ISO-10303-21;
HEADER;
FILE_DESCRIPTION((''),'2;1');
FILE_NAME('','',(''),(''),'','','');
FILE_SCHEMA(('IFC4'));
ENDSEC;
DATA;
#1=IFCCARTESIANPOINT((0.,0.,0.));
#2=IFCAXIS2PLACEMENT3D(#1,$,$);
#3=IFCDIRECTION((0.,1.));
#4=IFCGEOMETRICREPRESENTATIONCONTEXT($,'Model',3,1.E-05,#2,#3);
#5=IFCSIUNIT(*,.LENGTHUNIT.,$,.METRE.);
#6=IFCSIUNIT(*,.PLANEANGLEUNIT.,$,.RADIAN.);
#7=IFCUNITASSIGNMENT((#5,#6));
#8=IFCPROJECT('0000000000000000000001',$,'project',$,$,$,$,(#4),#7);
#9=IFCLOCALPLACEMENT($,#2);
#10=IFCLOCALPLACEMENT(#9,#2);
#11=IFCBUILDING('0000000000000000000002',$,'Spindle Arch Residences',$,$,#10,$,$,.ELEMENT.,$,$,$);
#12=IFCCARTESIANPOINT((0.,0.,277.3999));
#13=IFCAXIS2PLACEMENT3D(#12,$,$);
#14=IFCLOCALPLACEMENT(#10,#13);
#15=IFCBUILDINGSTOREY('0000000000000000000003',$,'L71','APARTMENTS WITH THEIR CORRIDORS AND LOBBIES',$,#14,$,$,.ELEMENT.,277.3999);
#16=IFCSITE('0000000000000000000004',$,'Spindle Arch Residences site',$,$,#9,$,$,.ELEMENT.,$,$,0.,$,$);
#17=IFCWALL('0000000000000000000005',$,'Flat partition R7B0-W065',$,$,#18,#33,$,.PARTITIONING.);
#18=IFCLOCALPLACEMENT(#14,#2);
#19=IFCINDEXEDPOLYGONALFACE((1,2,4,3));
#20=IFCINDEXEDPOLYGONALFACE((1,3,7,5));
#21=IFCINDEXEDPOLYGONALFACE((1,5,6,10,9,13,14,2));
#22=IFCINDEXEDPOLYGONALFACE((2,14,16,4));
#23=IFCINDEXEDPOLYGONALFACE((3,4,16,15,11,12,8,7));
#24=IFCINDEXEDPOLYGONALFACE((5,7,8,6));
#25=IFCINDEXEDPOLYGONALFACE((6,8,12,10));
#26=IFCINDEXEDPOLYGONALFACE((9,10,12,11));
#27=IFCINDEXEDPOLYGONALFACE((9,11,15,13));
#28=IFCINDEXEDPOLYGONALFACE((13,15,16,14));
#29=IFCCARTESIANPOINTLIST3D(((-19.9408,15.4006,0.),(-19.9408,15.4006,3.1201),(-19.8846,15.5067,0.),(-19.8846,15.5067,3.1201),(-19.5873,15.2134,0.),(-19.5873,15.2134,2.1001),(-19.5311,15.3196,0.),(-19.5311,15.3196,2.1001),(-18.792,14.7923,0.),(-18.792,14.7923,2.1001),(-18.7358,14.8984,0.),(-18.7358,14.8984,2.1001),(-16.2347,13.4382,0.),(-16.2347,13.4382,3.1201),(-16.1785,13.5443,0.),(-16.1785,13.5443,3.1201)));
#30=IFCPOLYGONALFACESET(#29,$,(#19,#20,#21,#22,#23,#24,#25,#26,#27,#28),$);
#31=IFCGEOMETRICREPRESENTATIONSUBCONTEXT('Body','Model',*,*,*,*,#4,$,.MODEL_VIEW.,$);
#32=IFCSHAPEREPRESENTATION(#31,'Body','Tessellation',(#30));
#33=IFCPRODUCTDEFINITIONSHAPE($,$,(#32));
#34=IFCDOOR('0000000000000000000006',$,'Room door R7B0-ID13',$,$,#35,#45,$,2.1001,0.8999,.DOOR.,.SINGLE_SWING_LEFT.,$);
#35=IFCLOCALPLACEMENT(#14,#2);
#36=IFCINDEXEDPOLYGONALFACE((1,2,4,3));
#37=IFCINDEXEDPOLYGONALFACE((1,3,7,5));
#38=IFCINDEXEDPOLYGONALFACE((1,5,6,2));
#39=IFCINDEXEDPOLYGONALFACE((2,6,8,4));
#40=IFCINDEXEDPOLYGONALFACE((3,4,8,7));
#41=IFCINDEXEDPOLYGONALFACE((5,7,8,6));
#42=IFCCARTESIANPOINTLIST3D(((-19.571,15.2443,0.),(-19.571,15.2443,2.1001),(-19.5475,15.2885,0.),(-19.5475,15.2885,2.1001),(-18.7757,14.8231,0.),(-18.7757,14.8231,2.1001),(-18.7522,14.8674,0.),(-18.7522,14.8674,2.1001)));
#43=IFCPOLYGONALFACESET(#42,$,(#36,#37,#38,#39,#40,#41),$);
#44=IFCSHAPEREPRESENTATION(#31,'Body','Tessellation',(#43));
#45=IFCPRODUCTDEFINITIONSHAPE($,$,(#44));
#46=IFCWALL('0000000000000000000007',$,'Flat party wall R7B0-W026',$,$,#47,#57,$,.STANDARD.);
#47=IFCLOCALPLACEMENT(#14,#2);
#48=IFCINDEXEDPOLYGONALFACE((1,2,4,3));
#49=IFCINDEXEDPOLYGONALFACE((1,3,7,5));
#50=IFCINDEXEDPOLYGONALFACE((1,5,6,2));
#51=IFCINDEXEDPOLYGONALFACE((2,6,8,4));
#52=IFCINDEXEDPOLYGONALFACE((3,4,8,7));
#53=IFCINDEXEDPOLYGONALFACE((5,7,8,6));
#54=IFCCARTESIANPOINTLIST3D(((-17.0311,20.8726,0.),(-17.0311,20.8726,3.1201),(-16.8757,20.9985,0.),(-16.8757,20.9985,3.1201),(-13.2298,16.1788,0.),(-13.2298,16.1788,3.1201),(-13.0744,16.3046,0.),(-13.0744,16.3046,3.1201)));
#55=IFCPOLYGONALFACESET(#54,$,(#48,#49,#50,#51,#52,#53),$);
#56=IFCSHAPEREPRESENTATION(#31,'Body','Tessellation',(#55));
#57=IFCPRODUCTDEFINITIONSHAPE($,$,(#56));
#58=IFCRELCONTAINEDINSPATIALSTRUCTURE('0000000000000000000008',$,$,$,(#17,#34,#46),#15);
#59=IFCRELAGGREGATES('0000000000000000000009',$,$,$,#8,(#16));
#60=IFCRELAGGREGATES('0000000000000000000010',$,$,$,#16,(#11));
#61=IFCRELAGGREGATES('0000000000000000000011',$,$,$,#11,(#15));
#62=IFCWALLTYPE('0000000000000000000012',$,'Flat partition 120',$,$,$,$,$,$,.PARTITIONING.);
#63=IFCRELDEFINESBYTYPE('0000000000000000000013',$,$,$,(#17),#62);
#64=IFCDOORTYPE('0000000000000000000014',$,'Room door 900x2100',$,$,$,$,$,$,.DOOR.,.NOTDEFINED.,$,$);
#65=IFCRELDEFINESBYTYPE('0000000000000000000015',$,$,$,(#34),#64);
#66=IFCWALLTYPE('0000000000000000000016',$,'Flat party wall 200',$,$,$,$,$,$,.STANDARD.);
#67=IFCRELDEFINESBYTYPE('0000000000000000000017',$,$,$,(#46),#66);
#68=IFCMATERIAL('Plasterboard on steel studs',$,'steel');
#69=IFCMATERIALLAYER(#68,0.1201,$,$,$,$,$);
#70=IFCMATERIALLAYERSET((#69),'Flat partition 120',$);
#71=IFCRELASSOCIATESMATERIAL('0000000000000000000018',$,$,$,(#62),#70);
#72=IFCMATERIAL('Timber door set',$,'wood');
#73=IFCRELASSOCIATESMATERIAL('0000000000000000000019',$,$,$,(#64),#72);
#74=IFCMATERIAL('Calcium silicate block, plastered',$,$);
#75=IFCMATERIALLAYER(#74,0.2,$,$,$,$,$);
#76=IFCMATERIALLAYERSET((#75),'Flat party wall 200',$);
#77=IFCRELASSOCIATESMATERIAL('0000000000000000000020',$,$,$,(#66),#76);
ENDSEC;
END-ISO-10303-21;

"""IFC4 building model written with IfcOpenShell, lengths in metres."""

from ifc_helpers import new_model, si_unit, direction, frame, frame_2d, origin, place, context, subcontext, project, spatial, rectangle, extrude, material, layer, layer_set, type_object, element, fill, save


model = new_model("IFC4")

# Units and contexts
model_context = context("Model", 3, precision=1e-05, world=origin(), true_north=direction((0.0, 1.0)))
body_context = subcontext(model_context, "Body", "Model", "MODEL_VIEW")
ifc_project = project(units=[si_unit("LENGTHUNIT", "METRE"), si_unit("PLANEANGLEUNIT", "RADIAN")], contexts=[model_context])

# Site, building, storey
site_placement = place(None, origin())
site = spatial("IfcSite", under=ifc_project, at=site_placement, Name="Spindle Arch Residences site", CompositionType="ELEMENT", RefElevation=0.0)
building_placement = place(site_placement, origin())
building = spatial("IfcBuilding", under=site, at=building_placement, Name="Spindle Arch Residences", CompositionType="ELEMENT")
storey_placement = place(building_placement, frame((0.0, 0.0, 277.3999)))
storey = spatial("IfcBuildingStorey", under=building, at=storey_placement, Name="L71", Description="APARTMENTS WITH THEIR CORRIDORS AND LOBBIES", CompositionType="ELEMENT", Elevation=277.3999)

# Shared definitions
ifc_material_1 = material(Name="Plasterboard on steel studs", Category="steel")
ifc_layer_1 = layer(ifc_material_1, 0.1201)
ifc_layer_set_1 = layer_set([ifc_layer_1], Name="Flat partition 120")
wall_type_1 = type_object("IfcWallType", Name="Flat partition 120", PredefinedType="PARTITIONING", material=ifc_layer_set_1)

# Wall, opening, door
wall_1_placement = place(storey_placement, frame((-19.9126, 15.4536, 0.0), z_axis=(0.0, 0.0, 1.0), x_axis=(0.883751, -0.467957, 0.0)))
wall_1 = element("IfcWall", 1, at=wall_1_placement, inside=storey, type_object=wall_type_1, Name="Flat partition R7B0-W065", PredefinedType="PARTITIONING", context=body_context, shape_type="SweptSolid", body=[
    extrude(rectangle(XDim=4.1936, YDim=0.1201, at=frame_2d((2.0967, 0.0))), origin(), (0.0, 0.0, 1.0), 3.1201),
])
opening_placement = place(wall_1_placement, frame((0.3999, 0.0, 0.0)))
opening = element("IfcOpeningElement", 2, at=opening_placement, cuts=wall_1, PredefinedType="OPENING", context=body_context, shape_type="SweptSolid", body=[
    extrude(rectangle(XDim=0.8999, YDim=2.1001, at=frame_2d((0.45, 1.05))), frame((0.0, 0.0701, 0.0), z_axis=(0.0, -1.0, 0.0), x_axis=(1.0, 0.0, 0.0)), (0.0, 0.0, 1.0), 0.1401),
])
ifc_material_2 = material(Name="Timber door set", Category="wood")
door_type = type_object("IfcDoorType", Name="Room door 900x2100", OperationType="NOTDEFINED", PredefinedType="DOOR", material=ifc_material_2)
door_placement = place(opening_placement, origin())
door = element("IfcDoor", 3, at=door_placement, inside=storey, type_object=door_type, Name="Room door R7B0-ID13", OperationType="SINGLE_SWING_LEFT", OverallHeight=2.1001, OverallWidth=0.8999, PredefinedType="DOOR", context=body_context, shape_type="SweptSolid", body=[
    extrude(rectangle(XDim=0.8999, YDim=2.1001, at=frame_2d((0.45, 1.05))), frame((0.0, 0.0249, 0.0), z_axis=(0.0, -1.0, 0.0), x_axis=(1.0, 0.0, 0.0)), (0.0, 0.0, 1.0), 0.05),
])
fill(opening, door)

# Wall
ifc_material_3 = material(Name="Calcium silicate block, plastered")
ifc_layer_2 = layer(ifc_material_3, 0.2)
ifc_layer_set_2 = layer_set([ifc_layer_2], Name="Flat party wall 200")
wall_type_2 = type_object("IfcWallType", Name="Flat party wall 200", PredefinedType="STANDARD", material=ifc_layer_set_2)
wall_2_placement = place(storey_placement, frame((-16.9534, 20.9355, 0.0), z_axis=(0.0, 0.0, 1.0), x_axis=(0.629347, -0.777124, 0.0)))
element("IfcWall", 4, at=wall_2_placement, inside=storey, type_object=wall_type_2, Name="Flat party wall R7B0-W026", PredefinedType="STANDARD", context=body_context, shape_type="SweptSolid", body=[
    extrude(rectangle(XDim=6.04, YDim=0.2, at=frame_2d((3.02, 0.0))), origin(), (0.0, 0.0, 1.0), 3.1201),
])

save(model, "model.ifc")
